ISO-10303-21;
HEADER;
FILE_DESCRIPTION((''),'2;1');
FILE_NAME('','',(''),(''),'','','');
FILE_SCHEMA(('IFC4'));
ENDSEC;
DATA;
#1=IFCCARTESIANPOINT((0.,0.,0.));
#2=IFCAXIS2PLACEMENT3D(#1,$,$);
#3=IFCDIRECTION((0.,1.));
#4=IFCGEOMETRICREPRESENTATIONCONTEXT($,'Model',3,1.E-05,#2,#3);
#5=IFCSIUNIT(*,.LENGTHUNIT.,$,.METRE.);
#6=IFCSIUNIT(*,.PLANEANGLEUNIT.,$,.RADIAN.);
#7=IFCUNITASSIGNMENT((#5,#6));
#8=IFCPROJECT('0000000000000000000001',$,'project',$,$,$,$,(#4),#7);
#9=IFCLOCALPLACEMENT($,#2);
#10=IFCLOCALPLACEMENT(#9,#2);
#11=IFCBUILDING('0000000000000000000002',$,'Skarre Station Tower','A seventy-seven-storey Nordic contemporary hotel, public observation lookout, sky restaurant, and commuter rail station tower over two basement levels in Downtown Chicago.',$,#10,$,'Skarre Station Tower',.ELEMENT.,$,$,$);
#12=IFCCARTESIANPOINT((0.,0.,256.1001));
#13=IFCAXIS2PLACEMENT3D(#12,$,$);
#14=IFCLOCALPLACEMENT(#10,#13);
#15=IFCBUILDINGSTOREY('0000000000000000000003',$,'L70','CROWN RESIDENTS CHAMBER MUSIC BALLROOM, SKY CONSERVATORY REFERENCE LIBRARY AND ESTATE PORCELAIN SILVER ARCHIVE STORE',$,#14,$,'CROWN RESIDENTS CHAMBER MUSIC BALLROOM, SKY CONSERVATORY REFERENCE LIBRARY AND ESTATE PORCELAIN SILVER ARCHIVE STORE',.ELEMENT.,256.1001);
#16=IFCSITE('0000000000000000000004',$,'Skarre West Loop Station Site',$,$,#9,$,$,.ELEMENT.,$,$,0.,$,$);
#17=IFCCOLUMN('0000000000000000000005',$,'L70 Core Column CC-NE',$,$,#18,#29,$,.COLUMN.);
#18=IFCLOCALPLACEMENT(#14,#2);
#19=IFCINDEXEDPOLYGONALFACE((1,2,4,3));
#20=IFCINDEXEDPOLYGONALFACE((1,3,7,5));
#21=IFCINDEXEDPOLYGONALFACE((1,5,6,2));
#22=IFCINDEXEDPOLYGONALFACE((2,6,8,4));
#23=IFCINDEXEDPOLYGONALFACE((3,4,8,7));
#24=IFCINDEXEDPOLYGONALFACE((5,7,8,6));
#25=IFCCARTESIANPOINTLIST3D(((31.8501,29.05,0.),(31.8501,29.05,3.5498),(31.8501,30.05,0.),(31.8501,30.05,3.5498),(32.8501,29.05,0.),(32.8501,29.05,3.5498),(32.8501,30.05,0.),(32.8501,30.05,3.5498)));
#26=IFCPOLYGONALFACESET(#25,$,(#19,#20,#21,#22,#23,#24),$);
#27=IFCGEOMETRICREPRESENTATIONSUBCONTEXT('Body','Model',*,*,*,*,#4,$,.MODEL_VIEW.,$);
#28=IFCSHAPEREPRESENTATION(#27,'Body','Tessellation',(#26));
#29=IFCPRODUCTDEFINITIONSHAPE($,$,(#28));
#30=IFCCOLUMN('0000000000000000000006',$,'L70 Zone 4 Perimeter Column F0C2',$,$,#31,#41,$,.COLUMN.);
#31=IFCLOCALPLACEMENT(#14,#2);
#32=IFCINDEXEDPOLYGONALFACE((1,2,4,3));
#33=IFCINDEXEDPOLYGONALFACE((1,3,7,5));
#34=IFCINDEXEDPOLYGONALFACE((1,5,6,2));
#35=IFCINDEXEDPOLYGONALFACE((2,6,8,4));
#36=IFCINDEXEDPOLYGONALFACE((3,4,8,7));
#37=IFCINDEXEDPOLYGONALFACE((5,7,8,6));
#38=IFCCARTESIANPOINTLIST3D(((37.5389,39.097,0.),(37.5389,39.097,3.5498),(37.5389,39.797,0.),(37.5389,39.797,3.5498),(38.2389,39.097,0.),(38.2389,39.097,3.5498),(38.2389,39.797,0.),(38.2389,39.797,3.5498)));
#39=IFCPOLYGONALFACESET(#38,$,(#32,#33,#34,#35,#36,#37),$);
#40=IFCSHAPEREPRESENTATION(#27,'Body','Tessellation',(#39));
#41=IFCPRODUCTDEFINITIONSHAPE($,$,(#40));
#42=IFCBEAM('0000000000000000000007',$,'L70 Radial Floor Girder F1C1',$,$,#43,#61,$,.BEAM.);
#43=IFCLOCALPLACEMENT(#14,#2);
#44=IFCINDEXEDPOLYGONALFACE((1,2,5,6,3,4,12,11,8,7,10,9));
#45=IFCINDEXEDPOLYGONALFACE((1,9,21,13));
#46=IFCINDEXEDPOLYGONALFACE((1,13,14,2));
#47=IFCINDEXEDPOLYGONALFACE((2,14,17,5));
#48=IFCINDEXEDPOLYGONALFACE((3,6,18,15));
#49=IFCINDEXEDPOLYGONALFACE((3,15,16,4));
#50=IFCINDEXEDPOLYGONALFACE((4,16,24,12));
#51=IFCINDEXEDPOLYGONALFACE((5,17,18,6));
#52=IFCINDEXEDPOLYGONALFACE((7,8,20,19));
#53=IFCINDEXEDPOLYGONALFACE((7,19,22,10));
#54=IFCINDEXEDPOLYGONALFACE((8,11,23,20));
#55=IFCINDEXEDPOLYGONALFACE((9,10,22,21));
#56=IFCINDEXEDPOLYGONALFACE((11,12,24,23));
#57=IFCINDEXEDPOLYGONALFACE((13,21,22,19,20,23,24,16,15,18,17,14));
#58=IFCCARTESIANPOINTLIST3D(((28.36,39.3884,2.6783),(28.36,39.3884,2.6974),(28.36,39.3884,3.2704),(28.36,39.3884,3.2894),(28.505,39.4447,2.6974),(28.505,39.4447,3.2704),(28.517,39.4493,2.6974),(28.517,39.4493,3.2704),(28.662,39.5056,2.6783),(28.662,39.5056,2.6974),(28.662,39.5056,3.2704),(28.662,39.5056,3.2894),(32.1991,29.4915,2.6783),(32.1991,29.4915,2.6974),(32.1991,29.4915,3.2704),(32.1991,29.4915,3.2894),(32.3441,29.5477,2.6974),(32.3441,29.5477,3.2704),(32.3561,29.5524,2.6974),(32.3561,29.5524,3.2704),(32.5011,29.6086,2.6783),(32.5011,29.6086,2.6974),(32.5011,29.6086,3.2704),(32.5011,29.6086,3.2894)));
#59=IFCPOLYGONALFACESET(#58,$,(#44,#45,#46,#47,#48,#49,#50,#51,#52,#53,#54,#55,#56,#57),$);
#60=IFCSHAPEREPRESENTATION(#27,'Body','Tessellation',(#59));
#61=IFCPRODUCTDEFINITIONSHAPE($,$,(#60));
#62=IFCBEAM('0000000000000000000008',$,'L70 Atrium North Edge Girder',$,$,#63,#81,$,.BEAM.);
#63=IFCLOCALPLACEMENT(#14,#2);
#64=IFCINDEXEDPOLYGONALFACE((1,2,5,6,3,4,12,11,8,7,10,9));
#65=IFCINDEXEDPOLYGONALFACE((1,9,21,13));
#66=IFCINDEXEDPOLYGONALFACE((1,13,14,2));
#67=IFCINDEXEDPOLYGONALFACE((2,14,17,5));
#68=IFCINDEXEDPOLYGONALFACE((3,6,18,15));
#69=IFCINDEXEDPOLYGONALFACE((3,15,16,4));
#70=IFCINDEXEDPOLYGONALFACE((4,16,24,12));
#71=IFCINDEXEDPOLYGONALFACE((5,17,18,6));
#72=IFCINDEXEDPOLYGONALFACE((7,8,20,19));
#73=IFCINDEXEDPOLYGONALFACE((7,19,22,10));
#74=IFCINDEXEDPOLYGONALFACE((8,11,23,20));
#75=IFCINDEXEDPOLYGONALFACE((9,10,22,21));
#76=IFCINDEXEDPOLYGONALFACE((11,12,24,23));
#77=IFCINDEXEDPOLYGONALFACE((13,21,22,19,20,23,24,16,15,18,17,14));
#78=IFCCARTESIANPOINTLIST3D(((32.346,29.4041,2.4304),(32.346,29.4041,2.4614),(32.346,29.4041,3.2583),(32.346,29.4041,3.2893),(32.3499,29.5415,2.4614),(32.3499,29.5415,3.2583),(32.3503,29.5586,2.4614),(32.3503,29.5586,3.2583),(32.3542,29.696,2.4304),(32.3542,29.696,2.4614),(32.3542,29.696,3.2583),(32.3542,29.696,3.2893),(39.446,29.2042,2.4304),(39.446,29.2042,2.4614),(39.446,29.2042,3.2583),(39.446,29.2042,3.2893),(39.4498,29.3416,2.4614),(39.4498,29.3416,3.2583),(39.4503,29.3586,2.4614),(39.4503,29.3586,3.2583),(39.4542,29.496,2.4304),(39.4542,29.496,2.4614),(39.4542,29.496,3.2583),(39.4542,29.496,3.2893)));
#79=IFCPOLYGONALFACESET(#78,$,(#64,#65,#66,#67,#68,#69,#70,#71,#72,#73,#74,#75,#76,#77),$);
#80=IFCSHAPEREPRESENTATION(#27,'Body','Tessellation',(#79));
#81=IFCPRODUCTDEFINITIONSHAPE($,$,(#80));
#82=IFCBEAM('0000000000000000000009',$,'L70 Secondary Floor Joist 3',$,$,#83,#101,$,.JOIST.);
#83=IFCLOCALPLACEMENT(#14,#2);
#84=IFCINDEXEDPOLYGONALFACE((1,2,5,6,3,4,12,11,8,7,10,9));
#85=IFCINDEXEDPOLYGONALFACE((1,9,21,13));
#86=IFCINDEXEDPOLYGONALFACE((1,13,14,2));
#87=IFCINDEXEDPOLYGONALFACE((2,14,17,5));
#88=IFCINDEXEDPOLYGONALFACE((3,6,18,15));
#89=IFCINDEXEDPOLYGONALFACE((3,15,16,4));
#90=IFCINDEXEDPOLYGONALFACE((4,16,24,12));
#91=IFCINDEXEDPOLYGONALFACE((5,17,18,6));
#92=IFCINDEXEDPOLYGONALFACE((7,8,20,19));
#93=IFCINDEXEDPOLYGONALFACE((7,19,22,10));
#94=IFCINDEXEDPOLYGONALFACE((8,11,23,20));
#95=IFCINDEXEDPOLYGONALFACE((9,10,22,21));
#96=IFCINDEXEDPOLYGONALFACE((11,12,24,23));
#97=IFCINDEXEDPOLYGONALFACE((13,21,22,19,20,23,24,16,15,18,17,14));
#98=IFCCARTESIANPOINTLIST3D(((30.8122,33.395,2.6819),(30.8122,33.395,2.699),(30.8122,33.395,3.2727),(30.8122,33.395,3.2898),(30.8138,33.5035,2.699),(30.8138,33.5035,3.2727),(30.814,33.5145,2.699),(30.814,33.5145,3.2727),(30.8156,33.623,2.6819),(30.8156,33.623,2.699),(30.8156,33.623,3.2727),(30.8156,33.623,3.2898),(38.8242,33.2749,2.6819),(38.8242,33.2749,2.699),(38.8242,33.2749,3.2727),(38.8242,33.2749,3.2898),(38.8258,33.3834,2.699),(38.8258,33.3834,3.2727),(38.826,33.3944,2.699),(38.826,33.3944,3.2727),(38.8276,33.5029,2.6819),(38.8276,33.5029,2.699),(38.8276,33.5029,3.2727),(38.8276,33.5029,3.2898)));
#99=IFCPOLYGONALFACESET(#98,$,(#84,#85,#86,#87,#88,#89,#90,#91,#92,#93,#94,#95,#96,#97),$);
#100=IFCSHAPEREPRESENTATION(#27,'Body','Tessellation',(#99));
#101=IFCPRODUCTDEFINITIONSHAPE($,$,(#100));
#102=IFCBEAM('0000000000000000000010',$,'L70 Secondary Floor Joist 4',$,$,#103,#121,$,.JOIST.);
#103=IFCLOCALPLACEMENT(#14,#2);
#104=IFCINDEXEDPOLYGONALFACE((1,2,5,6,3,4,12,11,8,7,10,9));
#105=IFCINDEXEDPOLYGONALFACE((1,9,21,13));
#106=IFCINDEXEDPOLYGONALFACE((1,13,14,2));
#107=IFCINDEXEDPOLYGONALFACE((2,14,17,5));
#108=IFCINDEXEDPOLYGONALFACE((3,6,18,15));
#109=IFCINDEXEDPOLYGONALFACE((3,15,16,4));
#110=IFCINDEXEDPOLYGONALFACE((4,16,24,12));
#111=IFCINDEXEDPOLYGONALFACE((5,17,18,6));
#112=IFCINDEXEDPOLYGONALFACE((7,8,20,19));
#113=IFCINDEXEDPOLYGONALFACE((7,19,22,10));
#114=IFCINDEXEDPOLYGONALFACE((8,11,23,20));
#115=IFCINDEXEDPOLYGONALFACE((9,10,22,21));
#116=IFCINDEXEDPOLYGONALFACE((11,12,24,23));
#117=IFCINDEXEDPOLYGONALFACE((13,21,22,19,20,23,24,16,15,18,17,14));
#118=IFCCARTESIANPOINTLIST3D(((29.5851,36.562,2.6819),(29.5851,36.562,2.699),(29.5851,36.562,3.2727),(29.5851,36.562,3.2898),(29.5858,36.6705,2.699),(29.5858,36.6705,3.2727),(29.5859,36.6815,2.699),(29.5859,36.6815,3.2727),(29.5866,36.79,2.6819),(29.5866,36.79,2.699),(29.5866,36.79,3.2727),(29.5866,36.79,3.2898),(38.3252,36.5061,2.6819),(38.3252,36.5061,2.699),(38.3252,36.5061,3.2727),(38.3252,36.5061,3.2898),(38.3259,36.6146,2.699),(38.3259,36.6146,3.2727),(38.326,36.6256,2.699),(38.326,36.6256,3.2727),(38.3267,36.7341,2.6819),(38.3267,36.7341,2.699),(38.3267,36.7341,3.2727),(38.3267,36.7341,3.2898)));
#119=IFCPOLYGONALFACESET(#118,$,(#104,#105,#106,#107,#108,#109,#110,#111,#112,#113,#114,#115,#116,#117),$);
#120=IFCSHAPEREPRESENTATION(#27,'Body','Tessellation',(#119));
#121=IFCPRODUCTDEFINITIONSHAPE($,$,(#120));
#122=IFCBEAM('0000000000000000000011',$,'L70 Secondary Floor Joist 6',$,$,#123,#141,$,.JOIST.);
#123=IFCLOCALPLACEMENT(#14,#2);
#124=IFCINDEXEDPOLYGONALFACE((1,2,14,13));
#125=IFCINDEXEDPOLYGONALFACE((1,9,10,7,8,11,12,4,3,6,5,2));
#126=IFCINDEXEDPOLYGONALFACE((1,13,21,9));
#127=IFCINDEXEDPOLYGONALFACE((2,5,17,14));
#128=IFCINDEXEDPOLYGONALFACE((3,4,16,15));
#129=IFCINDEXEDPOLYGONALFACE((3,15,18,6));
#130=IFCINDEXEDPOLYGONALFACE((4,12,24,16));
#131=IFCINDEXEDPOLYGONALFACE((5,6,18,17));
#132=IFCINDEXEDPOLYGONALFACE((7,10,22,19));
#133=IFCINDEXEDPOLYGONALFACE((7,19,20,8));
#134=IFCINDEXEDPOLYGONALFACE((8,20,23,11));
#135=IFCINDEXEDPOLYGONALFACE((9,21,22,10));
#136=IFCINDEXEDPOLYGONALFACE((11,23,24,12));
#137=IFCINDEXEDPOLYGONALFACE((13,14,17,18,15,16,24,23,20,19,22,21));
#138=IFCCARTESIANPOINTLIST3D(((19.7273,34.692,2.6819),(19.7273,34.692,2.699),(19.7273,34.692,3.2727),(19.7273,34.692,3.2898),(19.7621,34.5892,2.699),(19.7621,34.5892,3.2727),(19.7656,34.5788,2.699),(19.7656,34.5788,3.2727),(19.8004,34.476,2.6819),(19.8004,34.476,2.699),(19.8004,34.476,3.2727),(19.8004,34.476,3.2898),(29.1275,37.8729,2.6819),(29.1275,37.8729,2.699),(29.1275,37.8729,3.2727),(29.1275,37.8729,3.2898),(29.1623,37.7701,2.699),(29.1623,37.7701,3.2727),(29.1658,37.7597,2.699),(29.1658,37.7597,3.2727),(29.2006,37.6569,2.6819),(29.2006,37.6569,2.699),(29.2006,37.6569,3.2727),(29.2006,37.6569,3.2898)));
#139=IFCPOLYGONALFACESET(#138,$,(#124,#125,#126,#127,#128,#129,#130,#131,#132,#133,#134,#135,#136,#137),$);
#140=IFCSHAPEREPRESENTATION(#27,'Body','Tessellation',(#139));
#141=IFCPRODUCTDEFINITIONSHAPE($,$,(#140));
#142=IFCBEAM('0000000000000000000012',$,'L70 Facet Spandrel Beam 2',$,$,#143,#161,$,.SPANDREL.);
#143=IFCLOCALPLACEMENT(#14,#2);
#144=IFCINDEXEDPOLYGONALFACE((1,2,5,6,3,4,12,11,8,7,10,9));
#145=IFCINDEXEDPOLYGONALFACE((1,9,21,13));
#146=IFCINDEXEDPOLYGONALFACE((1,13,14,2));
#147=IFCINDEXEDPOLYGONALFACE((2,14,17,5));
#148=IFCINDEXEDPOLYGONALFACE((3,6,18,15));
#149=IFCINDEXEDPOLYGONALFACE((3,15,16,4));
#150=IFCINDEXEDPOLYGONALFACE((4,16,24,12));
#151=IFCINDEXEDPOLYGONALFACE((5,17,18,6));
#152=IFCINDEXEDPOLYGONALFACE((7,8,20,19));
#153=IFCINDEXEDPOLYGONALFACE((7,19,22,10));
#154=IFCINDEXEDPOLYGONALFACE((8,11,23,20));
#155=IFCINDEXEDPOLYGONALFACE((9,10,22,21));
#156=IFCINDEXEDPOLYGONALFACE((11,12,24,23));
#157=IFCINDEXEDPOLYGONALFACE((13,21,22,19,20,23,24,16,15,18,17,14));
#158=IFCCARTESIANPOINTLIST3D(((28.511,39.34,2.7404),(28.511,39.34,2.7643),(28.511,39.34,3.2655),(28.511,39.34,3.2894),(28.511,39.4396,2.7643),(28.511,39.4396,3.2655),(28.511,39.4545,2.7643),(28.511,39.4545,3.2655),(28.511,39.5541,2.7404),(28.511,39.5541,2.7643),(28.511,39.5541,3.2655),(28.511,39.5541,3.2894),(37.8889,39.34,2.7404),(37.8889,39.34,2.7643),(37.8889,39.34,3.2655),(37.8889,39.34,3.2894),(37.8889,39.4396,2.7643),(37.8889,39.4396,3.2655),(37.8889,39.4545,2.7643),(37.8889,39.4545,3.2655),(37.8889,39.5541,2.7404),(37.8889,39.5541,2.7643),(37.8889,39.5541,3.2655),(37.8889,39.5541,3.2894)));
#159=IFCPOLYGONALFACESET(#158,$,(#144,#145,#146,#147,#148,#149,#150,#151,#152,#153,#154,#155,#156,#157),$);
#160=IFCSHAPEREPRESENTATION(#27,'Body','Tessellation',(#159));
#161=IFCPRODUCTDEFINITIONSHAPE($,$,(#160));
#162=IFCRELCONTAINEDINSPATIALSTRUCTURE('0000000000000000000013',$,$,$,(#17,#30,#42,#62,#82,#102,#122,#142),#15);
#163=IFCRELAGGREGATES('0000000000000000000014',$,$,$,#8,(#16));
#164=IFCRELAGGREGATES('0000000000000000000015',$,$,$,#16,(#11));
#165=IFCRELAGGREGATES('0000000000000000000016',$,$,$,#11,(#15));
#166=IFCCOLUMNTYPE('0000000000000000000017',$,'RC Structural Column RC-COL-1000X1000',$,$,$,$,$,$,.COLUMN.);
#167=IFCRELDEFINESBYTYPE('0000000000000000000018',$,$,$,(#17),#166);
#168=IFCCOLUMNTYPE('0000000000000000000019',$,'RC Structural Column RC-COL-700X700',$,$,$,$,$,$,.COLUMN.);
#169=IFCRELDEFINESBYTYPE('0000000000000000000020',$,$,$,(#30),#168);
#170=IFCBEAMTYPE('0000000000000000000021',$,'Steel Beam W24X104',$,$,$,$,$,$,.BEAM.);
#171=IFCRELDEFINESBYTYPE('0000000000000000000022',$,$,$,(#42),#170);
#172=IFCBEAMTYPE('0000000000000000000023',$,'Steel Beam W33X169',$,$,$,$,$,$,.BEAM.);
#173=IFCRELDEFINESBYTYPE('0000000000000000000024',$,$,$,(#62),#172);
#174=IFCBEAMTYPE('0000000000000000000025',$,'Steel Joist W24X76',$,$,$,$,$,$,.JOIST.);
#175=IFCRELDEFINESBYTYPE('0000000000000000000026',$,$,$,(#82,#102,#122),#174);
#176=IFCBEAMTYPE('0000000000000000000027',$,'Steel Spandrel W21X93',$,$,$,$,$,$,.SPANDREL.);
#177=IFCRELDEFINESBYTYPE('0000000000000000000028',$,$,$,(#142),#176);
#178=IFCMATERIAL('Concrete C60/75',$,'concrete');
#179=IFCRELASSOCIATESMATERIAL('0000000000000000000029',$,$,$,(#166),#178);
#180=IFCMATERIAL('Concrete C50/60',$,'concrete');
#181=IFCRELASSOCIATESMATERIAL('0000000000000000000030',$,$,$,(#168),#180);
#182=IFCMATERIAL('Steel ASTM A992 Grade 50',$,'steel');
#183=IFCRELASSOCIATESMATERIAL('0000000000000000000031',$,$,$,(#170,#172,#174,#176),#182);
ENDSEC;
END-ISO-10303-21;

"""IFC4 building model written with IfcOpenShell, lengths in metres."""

from ifc_helpers import new_model, si_unit, direction, frame, origin, origin_2d, place, context, subcontext, project, spatial, rectangle, i_section, extrude, material, material_profile, profile_set, type_object, element, save


model = new_model("IFC4")

# Units and contexts
model_context = context("Model", 3, precision=1e-05, world=origin(), true_north=direction((0.0, 1.0)))
body_context = subcontext(model_context, "Body", "Model", "MODEL_VIEW")
ifc_project = project(units=[si_unit("LENGTHUNIT", "METRE"), si_unit("PLANEANGLEUNIT", "RADIAN")], contexts=[model_context])

# Site, building, storey
site_placement = place(None, origin())
site = spatial("IfcSite", under=ifc_project, at=site_placement, Name="Skarre West Loop Station Site", CompositionType="ELEMENT", RefElevation=0.0)
building_placement = place(site_placement, origin())
building = spatial("IfcBuilding", under=site, at=building_placement, Name="Skarre Station Tower", Description="A seventy-seven-storey Nordic contemporary hotel, public observation lookout, sky restaurant, and commuter rail station tower over two basement levels in Downtown Chicago.", LongName="Skarre Station Tower", CompositionType="ELEMENT")
storey_placement = place(building_placement, frame((0.0, 0.0, 256.1001)))
storey = spatial("IfcBuildingStorey", under=building, at=storey_placement, Name="L70", Description="CROWN RESIDENTS CHAMBER MUSIC BALLROOM, SKY CONSERVATORY REFERENCE LIBRARY AND ESTATE PORCELAIN SILVER ARCHIVE STORE", LongName="CROWN RESIDENTS CHAMBER MUSIC BALLROOM, SKY CONSERVATORY REFERENCE LIBRARY AND ESTATE PORCELAIN SILVER ARCHIVE STORE", CompositionType="ELEMENT", Elevation=256.1001)

# Columns
ifc_material_1 = material(Name="Concrete C60/75", Category="concrete")
ifc_material_profile_1 = material_profile(ifc_material_1, rectangle(XDim=1.0, YDim=1.0, at=origin_2d()), Name="Concrete C60/75")
ifc_profile_set_1 = profile_set([ifc_material_profile_1], Name="Concrete C60/75")
column_type_1 = type_object("IfcColumnType", Name="RC Structural Column RC-COL-1000X1000", PredefinedType="COLUMN", material=ifc_profile_set_1)
column_1_placement = place(storey_placement, frame((32.3501, 29.55, 0.0), z_axis=(0.0, 0.0, 1.0), x_axis=(1.0, 0.0, 0.0)))
element("IfcColumn", 1, at=column_1_placement, inside=storey, type_object=column_type_1, Name="L70 Core Column CC-NE", PredefinedType="COLUMN", context=body_context, shape_type="SweptSolid", body=[
    extrude(rectangle(XDim=1.0, YDim=1.0, at=origin_2d()), origin(), (0.0, 0.0, 1.0), 3.5498),
])
ifc_material_2 = material(Name="Concrete C50/60", Category="concrete")
ifc_material_profile_2 = material_profile(ifc_material_2, rectangle(XDim=0.7, YDim=0.7, at=origin_2d()), Name="Concrete C50/60")
ifc_profile_set_2 = profile_set([ifc_material_profile_2], Name="Concrete C50/60")
column_type_2 = type_object("IfcColumnType", Name="RC Structural Column RC-COL-700X700", PredefinedType="COLUMN", material=ifc_profile_set_2)
column_2_placement = place(storey_placement, frame((37.8889, 39.447, 0.0), z_axis=(0.0, 0.0, 1.0), x_axis=(1.0, 0.0, 0.0)))
element("IfcColumn", 2, at=column_2_placement, inside=storey, type_object=column_type_2, Name="L70 Zone 4 Perimeter Column F0C2", PredefinedType="COLUMN", context=body_context, shape_type="SweptSolid", body=[
    extrude(rectangle(XDim=0.7, YDim=0.7, at=origin_2d()), origin(), (0.0, 0.0, 1.0), 3.5498),
])

# Beams
ifc_material_3 = material(Name="Steel ASTM A992 Grade 50", Category="steel")
ifc_material_profile_3 = material_profile(ifc_material_3, i_section(OverallWidth=0.324, OverallDepth=0.6111, WebThickness=0.0129, FlangeThickness=0.019, at=origin_2d()), Name="Steel ASTM A992 Grade 50")
ifc_profile_set_3 = profile_set([ifc_material_profile_3], Name="Steel ASTM A992 Grade 50")
beam_type_1 = type_object("IfcBeamType", Name="Steel Beam W24X104", PredefinedType="BEAM", material=ifc_profile_set_3)
beam_1_placement = place(storey_placement, frame((32.3501, 29.55, 2.9839), z_axis=(-0.361651, 0.932313, 0.0), x_axis=(-0.932313, -0.361651, 0.0)))
element("IfcBeam", 3, at=beam_1_placement, inside=storey, type_object=beam_type_1, Name="L70 Radial Floor Girder F1C1", PredefinedType="BEAM", context=body_context, shape_type="SweptSolid", body=[
    extrude(i_section(OverallWidth=0.324, OverallDepth=0.6111, WebThickness=0.0129, FlangeThickness=0.019, at=origin_2d()), origin(), (0.0, 0.0, 1.0), 10.6155),
])
ifc_material_profile_4 = material_profile(ifc_material_3, i_section(OverallWidth=0.292, OverallDepth=0.8589, WebThickness=0.0171, FlangeThickness=0.031, at=origin_2d()), Name="Steel ASTM A992 Grade 50")
ifc_profile_set_4 = profile_set([ifc_material_profile_4], Name="Steel ASTM A992 Grade 50")
beam_type_2 = type_object("IfcBeamType", Name="Steel Beam W33X169", PredefinedType="BEAM", material=ifc_profile_set_4)
beam_2_placement = place(storey_placement, frame((32.3501, 29.55, 2.8599), z_axis=(0.999604, -0.028152, 0.0), x_axis=(0.028152, 0.999604, 0.0)))
element("IfcBeam", 4, at=beam_2_placement, inside=storey, type_object=beam_type_2, Name="L70 Atrium North Edge Girder", PredefinedType="BEAM", context=body_context, shape_type="SweptSolid", body=[
    extrude(i_section(OverallWidth=0.292, OverallDepth=0.8589, WebThickness=0.0171, FlangeThickness=0.031, at=origin_2d()), origin(), (0.0, 0.0, 1.0), 7.1028),
])
ifc_material_profile_5 = material_profile(ifc_material_3, i_section(OverallWidth=0.228, OverallDepth=0.6079, WebThickness=0.011, FlangeThickness=0.0171, at=origin_2d()), Name="Steel ASTM A992 Grade 50")
ifc_profile_set_5 = profile_set([ifc_material_profile_5], Name="Steel ASTM A992 Grade 50")
beam_type_3 = type_object("IfcBeamType", Name="Steel Joist W24X76", PredefinedType="JOIST", material=ifc_profile_set_5)
beam_3_placement = place(storey_placement, frame((38.8259, 33.3889, 2.9858), z_axis=(-0.999888, 0.014991, 0.0), x_axis=(-0.014991, -0.999888, 0.0)))
element("IfcBeam", 5, at=beam_3_placement, inside=storey, type_object=beam_type_3, Name="L70 Secondary Floor Joist 3", PredefinedType="JOIST", context=body_context, shape_type="SweptSolid", body=[
    extrude(i_section(OverallWidth=0.228, OverallDepth=0.6079, WebThickness=0.011, FlangeThickness=0.0171, at=origin_2d()), origin(), (0.0, 0.0, 1.0), 8.0129),
])
beam_4_placement = place(storey_placement, frame((38.3259, 36.6201, 2.9858), z_axis=(-0.99998, 0.006397, 0.0), x_axis=(-0.006397, -0.99998, 0.0)))
element("IfcBeam", 6, at=beam_4_placement, inside=storey, type_object=beam_type_3, Name="L70 Secondary Floor Joist 4", PredefinedType="JOIST", context=body_context, shape_type="SweptSolid", body=[
    extrude(i_section(OverallWidth=0.228, OverallDepth=0.6079, WebThickness=0.011, FlangeThickness=0.0171, at=origin_2d()), origin(), (0.0, 0.0, 1.0), 8.7402),
])
beam_5_placement = place(storey_placement, frame((29.1641, 37.7649, 2.9858), z_axis=(-0.947237, -0.320535, 0.0), x_axis=(0.320535, -0.947237, 0.0)))
element("IfcBeam", 7, at=beam_5_placement, inside=storey, type_object=beam_type_3, Name="L70 Secondary Floor Joist 6", PredefinedType="JOIST", context=body_context, shape_type="SweptSolid", body=[
    extrude(i_section(OverallWidth=0.228, OverallDepth=0.6079, WebThickness=0.011, FlangeThickness=0.0171, at=origin_2d()), origin(), (0.0, 0.0, 1.0), 9.9238),
])
ifc_material_profile_6 = material_profile(ifc_material_3, i_section(OverallWidth=0.2141, OverallDepth=0.5491, WebThickness=0.0149, FlangeThickness=0.0239, at=origin_2d()), Name="Steel ASTM A992 Grade 50")
ifc_profile_set_6 = profile_set([ifc_material_profile_6], Name="Steel ASTM A992 Grade 50")
beam_type_4 = type_object("IfcBeamType", Name="Steel Spandrel W21X93", PredefinedType="SPANDREL", material=ifc_profile_set_6)
beam_6_placement = place(storey_placement, frame((37.8889, 39.447, 3.0149), z_axis=(-1.0, 0.0, 0.0), x_axis=(0.0, -1.0, 0.0)))
element("IfcBeam", 8, at=beam_6_placement, inside=storey, type_object=beam_type_4, Name="L70 Facet Spandrel Beam 2", PredefinedType="SPANDREL", context=body_context, shape_type="SweptSolid", body=[
    extrude(i_section(OverallWidth=0.2141, OverallDepth=0.5491, WebThickness=0.0149, FlangeThickness=0.0239, at=origin_2d()), origin(), (0.0, 0.0, 1.0), 9.3779),
])

save(model, "model.ifc")
